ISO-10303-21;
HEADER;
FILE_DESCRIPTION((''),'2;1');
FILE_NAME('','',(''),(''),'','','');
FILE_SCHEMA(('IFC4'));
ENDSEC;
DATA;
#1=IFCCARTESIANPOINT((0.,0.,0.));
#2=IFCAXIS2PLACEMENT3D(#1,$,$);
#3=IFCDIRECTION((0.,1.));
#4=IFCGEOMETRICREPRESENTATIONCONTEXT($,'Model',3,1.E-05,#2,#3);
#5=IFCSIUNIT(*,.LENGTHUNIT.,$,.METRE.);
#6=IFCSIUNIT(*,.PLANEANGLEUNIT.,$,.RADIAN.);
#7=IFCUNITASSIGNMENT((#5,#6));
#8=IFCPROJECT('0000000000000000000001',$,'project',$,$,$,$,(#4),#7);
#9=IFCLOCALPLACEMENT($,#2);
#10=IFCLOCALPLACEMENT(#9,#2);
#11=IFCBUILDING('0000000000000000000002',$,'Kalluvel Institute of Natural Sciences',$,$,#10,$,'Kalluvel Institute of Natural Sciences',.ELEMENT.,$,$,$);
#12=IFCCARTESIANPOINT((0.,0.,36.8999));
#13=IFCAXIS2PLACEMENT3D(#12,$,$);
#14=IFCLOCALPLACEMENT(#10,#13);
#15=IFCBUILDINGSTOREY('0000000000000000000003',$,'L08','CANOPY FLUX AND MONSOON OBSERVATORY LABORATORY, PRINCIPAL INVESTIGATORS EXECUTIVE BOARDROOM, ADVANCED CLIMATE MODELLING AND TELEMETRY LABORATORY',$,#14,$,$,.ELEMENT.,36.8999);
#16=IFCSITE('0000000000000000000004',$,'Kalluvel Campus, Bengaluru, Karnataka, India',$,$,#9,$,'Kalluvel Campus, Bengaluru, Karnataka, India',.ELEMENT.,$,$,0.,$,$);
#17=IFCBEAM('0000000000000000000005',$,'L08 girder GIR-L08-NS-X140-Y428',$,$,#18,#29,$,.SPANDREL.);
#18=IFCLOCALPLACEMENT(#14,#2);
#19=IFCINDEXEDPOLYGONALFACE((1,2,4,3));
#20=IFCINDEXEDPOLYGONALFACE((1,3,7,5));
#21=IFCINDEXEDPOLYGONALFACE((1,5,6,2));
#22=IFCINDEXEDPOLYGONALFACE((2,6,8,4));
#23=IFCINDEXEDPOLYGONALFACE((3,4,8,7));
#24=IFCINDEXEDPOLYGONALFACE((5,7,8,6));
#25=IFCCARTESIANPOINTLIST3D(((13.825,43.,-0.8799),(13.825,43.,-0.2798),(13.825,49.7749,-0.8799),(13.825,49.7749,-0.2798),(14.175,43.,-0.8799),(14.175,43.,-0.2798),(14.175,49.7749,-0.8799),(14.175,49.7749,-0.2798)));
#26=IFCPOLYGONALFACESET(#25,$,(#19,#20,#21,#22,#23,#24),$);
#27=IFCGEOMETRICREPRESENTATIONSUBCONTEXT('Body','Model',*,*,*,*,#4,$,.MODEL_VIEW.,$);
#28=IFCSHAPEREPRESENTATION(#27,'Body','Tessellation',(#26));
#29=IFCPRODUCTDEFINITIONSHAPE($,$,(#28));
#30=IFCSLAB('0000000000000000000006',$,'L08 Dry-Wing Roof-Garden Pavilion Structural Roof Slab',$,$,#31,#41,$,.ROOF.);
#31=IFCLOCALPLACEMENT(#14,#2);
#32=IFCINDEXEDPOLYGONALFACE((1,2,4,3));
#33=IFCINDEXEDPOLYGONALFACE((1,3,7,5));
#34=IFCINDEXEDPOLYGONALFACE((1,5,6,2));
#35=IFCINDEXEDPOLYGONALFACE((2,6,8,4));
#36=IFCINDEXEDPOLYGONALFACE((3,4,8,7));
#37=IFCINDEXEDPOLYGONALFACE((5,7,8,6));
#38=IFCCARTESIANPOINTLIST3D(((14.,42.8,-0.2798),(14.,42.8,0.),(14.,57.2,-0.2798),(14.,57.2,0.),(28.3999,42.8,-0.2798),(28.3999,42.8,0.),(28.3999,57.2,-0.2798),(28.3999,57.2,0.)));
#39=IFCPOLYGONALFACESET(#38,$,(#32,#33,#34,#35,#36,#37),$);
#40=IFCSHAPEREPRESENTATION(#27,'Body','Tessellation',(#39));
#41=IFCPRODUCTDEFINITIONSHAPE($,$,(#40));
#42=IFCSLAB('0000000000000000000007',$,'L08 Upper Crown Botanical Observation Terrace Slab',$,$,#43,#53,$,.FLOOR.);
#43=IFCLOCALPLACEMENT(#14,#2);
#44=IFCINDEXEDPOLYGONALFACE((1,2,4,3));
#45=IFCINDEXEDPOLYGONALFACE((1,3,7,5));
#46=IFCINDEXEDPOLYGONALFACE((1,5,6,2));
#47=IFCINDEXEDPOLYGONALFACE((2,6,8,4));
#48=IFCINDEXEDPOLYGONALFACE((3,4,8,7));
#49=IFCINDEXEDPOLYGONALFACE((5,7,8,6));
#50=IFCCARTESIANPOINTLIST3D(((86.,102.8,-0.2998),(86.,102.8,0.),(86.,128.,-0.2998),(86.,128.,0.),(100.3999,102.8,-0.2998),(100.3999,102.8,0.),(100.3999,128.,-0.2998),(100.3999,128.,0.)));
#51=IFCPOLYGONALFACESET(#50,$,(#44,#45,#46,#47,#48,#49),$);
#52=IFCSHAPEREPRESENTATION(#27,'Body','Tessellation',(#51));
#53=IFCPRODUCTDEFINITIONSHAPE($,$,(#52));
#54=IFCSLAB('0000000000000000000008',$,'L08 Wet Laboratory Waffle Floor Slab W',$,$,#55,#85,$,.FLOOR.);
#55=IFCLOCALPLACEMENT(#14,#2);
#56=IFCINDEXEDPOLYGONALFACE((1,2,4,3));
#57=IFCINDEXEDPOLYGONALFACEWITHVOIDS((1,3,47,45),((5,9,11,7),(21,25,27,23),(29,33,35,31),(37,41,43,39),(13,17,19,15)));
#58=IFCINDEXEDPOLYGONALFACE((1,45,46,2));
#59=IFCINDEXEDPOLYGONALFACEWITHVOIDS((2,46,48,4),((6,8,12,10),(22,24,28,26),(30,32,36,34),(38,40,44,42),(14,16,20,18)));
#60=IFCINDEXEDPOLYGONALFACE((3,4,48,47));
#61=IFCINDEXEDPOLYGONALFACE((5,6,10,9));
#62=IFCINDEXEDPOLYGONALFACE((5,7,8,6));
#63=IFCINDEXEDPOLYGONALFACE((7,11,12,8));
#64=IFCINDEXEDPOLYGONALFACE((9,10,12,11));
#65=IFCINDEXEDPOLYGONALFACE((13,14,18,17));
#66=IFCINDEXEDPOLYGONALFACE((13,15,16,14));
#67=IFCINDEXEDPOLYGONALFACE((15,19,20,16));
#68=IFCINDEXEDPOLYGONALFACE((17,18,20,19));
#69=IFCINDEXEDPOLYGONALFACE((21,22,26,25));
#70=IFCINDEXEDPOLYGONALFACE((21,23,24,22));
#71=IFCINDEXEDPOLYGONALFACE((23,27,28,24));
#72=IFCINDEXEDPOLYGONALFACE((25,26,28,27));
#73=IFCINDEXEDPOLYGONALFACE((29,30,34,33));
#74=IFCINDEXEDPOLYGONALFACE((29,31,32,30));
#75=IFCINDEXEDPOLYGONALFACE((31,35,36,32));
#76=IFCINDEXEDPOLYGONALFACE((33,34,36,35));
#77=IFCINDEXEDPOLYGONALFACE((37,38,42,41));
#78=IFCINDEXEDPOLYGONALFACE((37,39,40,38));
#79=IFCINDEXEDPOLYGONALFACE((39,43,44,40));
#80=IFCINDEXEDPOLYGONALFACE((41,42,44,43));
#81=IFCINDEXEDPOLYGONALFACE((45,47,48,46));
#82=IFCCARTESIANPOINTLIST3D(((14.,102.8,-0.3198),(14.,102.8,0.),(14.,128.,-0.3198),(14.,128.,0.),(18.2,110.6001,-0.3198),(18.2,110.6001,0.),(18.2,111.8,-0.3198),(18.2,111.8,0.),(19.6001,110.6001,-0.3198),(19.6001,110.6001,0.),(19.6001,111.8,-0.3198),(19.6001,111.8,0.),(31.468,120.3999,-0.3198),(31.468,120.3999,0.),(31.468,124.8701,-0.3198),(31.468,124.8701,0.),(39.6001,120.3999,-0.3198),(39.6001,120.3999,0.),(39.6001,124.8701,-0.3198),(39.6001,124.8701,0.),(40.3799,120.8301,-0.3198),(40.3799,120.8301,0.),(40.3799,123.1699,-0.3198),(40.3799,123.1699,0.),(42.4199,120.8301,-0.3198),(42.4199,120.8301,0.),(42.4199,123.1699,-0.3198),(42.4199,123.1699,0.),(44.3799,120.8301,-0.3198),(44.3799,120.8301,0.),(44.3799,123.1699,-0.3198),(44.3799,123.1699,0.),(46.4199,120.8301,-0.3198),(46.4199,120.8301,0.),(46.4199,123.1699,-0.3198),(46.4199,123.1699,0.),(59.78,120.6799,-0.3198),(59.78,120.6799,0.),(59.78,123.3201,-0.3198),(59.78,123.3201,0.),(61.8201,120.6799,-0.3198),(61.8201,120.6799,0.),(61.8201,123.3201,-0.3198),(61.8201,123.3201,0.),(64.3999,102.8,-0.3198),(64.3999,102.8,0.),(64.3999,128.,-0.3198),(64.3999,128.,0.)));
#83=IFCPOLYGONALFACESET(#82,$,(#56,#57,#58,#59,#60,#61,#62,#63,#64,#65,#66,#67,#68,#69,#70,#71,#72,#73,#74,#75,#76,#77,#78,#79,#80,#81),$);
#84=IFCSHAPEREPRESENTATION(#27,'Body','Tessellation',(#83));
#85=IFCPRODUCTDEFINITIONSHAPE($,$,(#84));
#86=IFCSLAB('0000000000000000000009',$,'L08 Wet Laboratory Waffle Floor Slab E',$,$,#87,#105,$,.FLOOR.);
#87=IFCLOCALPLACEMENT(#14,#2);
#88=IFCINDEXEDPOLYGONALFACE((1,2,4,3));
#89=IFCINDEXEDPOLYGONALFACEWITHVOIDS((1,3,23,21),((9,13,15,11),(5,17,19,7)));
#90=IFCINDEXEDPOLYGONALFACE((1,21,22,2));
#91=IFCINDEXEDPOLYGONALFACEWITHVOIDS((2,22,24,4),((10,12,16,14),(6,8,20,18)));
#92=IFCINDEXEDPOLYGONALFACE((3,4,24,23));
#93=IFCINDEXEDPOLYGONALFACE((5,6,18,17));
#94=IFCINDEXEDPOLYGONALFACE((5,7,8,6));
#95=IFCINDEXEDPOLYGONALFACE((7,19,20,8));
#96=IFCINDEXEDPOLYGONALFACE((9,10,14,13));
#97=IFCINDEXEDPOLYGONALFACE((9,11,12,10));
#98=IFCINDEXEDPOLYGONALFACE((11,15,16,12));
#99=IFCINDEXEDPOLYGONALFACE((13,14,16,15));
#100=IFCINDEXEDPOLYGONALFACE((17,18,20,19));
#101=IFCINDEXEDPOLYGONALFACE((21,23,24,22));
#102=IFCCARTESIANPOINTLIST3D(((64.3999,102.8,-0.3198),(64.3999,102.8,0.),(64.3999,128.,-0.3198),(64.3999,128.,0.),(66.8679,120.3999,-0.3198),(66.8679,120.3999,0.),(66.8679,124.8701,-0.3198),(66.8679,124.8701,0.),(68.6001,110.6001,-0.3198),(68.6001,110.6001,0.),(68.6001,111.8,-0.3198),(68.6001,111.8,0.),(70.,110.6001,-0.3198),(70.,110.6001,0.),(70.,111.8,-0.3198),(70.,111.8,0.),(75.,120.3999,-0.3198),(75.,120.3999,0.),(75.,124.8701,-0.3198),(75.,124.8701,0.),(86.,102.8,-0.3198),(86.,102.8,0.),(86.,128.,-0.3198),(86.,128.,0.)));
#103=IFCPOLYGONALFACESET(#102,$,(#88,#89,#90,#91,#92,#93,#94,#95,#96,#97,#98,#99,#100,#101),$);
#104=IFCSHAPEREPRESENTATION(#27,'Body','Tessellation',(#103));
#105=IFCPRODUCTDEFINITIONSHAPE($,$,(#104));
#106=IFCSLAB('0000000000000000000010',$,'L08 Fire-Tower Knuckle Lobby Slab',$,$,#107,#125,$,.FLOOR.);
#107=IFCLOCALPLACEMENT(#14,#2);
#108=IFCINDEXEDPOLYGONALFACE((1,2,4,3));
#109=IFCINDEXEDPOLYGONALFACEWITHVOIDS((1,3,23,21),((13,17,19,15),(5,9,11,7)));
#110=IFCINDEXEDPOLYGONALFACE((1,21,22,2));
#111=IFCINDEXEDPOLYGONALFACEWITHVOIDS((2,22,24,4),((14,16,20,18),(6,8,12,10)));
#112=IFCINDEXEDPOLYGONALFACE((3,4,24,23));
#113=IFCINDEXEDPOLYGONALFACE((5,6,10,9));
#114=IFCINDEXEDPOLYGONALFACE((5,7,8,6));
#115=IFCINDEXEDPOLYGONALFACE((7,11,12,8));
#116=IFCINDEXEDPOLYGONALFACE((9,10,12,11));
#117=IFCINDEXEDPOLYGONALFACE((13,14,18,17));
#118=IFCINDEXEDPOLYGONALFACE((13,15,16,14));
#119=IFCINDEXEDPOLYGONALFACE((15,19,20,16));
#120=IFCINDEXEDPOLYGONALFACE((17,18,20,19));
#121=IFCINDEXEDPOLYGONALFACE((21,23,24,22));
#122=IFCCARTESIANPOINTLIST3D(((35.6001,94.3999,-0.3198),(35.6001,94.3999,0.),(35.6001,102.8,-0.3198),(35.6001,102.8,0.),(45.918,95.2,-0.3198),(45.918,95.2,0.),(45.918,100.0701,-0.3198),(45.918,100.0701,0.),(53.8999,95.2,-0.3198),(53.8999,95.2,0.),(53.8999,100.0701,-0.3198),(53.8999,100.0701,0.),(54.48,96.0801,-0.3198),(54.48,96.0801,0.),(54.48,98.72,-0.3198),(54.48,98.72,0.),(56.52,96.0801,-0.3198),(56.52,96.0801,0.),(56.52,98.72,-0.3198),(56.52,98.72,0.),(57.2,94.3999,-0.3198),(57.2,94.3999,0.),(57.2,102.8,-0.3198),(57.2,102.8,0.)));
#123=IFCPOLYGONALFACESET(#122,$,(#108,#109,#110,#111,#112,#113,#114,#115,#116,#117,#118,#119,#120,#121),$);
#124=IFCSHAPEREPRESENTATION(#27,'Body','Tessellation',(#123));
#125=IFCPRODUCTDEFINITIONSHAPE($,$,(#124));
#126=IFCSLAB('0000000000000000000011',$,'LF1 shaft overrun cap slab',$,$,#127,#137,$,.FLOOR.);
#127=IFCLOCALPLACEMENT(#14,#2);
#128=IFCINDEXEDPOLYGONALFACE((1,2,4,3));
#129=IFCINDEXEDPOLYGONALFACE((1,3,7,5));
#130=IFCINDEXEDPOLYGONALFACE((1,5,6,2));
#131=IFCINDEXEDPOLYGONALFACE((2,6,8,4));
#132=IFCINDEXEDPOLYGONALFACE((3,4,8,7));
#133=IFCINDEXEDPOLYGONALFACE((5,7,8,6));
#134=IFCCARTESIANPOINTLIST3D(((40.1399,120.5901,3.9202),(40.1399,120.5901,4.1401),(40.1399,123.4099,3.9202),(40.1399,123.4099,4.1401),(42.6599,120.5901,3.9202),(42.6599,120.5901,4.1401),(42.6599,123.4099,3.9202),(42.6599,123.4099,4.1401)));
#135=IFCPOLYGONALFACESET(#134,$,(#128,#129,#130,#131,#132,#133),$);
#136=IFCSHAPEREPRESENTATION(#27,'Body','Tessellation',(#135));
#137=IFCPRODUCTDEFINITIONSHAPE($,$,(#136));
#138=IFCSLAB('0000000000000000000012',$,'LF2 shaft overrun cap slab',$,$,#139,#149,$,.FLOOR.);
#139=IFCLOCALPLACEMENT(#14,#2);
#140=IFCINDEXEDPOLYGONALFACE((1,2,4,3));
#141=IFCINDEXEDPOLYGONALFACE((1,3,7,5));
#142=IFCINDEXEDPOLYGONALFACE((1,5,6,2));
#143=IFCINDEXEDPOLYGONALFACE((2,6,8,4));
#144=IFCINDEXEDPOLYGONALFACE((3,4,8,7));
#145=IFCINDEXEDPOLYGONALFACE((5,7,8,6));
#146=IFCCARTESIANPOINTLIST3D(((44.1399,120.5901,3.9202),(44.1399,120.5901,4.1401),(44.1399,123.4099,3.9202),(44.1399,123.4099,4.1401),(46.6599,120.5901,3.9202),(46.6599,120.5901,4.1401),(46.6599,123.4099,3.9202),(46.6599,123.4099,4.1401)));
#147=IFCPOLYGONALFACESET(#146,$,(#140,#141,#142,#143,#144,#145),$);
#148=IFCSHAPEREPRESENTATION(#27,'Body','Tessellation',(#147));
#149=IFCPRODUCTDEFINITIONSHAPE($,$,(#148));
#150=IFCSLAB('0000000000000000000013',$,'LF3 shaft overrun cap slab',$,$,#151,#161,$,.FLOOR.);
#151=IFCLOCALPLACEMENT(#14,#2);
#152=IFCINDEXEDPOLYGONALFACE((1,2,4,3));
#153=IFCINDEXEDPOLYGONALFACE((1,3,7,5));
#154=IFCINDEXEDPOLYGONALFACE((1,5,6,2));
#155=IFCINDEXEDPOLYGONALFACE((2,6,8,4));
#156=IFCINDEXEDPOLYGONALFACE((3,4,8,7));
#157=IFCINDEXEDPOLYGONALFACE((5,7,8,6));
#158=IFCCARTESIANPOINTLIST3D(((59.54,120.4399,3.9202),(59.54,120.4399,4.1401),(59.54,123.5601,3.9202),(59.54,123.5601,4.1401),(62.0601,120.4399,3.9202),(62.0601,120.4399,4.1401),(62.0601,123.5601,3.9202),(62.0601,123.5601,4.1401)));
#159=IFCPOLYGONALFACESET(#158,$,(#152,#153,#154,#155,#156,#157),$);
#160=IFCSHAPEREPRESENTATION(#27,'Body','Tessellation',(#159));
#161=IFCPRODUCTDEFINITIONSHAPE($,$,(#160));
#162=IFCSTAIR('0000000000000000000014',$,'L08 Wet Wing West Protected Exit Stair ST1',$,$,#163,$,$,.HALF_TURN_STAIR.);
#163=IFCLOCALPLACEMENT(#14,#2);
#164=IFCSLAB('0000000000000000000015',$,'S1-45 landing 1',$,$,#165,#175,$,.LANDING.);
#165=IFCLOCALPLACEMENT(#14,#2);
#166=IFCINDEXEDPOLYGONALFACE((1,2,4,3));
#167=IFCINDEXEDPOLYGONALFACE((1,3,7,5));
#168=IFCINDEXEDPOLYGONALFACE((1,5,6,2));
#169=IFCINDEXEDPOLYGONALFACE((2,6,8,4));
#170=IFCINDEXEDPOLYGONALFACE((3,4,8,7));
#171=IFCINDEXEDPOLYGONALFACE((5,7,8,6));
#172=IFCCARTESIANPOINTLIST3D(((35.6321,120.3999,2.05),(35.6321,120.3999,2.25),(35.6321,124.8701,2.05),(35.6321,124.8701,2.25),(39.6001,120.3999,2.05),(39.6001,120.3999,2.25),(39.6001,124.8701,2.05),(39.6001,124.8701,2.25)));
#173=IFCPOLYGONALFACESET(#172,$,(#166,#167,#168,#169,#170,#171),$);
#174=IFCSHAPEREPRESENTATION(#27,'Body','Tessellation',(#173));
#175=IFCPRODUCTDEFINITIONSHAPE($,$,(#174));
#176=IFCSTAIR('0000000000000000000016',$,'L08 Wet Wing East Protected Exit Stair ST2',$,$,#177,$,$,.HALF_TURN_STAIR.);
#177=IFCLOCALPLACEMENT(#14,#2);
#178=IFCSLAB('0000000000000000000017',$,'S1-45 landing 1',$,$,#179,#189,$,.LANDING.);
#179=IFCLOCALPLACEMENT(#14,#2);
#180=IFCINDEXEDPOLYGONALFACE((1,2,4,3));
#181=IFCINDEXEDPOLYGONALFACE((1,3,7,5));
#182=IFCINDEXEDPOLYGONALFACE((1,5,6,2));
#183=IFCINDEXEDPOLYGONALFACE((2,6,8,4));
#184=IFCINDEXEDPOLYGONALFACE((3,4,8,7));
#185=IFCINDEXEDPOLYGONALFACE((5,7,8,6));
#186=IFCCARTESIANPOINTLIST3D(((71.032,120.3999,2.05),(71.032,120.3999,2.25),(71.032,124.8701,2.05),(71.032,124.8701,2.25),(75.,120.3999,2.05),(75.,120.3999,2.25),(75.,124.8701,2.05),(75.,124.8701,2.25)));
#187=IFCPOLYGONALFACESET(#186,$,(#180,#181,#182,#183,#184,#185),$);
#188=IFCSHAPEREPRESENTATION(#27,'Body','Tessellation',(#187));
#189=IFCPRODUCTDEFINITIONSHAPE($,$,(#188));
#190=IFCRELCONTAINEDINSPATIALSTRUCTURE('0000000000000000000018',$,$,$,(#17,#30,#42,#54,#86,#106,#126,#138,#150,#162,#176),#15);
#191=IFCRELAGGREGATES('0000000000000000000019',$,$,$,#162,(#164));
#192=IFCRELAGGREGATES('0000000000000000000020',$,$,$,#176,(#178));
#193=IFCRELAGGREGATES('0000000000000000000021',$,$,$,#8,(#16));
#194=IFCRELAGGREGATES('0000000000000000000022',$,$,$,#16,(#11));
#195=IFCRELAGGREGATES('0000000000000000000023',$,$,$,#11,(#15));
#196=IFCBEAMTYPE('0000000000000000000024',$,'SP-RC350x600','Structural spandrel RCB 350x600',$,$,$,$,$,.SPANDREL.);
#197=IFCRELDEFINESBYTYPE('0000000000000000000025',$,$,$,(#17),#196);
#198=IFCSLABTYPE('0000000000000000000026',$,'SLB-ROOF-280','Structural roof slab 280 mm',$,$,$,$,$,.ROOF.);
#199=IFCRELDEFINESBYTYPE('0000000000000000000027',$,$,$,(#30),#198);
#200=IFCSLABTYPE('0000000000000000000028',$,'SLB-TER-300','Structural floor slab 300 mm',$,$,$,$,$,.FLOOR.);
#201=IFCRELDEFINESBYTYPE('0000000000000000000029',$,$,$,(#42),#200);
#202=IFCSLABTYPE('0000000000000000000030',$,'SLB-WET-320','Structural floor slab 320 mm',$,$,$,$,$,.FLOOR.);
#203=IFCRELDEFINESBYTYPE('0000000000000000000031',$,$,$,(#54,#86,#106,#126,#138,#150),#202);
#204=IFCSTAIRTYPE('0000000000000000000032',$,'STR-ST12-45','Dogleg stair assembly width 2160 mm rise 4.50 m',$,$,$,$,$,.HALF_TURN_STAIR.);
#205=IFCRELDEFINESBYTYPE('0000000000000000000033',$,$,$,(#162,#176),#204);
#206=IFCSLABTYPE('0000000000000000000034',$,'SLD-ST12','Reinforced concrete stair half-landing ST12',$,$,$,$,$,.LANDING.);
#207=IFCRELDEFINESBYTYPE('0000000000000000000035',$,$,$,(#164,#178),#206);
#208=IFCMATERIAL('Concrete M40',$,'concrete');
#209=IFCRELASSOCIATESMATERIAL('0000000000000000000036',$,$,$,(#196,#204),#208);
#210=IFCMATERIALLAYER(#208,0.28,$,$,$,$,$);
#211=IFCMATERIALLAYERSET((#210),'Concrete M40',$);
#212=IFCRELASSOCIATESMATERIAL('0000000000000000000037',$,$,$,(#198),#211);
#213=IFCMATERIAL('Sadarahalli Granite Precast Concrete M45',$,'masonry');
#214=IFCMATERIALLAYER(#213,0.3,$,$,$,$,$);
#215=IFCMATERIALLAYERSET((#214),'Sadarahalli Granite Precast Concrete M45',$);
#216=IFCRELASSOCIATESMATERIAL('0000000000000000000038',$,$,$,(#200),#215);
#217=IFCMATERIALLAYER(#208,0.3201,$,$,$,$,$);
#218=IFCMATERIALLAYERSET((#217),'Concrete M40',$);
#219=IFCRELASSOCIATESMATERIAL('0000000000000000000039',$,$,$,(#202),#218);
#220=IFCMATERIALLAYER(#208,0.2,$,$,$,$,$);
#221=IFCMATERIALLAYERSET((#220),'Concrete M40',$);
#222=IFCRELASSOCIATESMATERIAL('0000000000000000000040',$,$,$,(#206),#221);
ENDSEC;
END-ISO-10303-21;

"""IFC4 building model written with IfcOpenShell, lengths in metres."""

from ifc_helpers import new_model, si_unit, direction, frame, origin, origin_2d, place, context, subcontext, project, spatial, polyline, rectangle, outline, extrude, material, layer, layer_set, material_profile, profile_set, type_object, element, aggregate, save


model = new_model("IFC4")

# Units and contexts
model_context = context("Model", 3, precision=1e-05, world=origin(), true_north=direction((0.0, 1.0)))
body_context = subcontext(model_context, "Body", "Model", "MODEL_VIEW")
ifc_project = project(units=[si_unit("LENGTHUNIT", "METRE"), si_unit("PLANEANGLEUNIT", "RADIAN")], contexts=[model_context])

# Site, building, storey
site_placement = place(None, origin())
site = spatial("IfcSite", under=ifc_project, at=site_placement, Name="Kalluvel Campus, Bengaluru, Karnataka, India", LongName="Kalluvel Campus, Bengaluru, Karnataka, India", CompositionType="ELEMENT", RefElevation=0.0)
building_placement = place(site_placement, origin())
building = spatial("IfcBuilding", under=site, at=building_placement, Name="Kalluvel Institute of Natural Sciences", LongName="Kalluvel Institute of Natural Sciences", CompositionType="ELEMENT")
storey_placement = place(building_placement, frame((0.0, 0.0, 36.8999)))
storey = spatial("IfcBuildingStorey", under=building, at=storey_placement, Name="L08", Description="CANOPY FLUX AND MONSOON OBSERVATORY LABORATORY, PRINCIPAL INVESTIGATORS EXECUTIVE BOARDROOM, ADVANCED CLIMATE MODELLING AND TELEMETRY LABORATORY", CompositionType="ELEMENT", Elevation=36.8999)

# Beam
ifc_material_1 = material(Name="Concrete M40", Category="concrete")
ifc_material_profile_1 = material_profile(ifc_material_1, rectangle(XDim=0.3501, YDim=0.6001, at=origin_2d()), Name="RCB 350x600")
ifc_profile_set_1 = profile_set([ifc_material_profile_1], Name="Concrete M40")
beam_type_1 = type_object("IfcBeamType", Name="SP-RC350x600", Description="Structural spandrel RCB 350x600", PredefinedType="SPANDREL", material=ifc_profile_set_1)
beam_1_placement = place(storey_placement, frame((14.0, 43.0, -0.5798), z_axis=(0.0, 1.0, 0.0), x_axis=(-1.0, 0.0, 0.0)))
element("IfcBeam", 1, at=beam_1_placement, inside=storey, type_object=beam_type_1, Name="L08 girder GIR-L08-NS-X140-Y428", PredefinedType="SPANDREL", context=body_context, shape_type="SweptSolid", body=[
    extrude(rectangle(XDim=0.3501, YDim=0.6001, at=origin_2d()), origin(), (0.0, 0.0, 1.0), 6.7749),
])

# Slabs
ifc_layer_1 = layer(ifc_material_1, 0.28)
ifc_layer_set_1 = layer_set([ifc_layer_1], Name="Concrete M40")
slab_type_1 = type_object("IfcSlabType", Name="SLB-ROOF-280", Description="Structural roof slab 280 mm", PredefinedType="ROOF", material=ifc_layer_set_1)
slab_1_placement = place(storey_placement, frame((0.0, 0.0, -0.2798)))
element("IfcSlab", 2, at=slab_1_placement, inside=storey, type_object=slab_type_1, Name="L08 Dry-Wing Roof-Garden Pavilion Structural Roof Slab", PredefinedType="ROOF", context=body_context, shape_type="SweptSolid", body=[
    extrude(outline(polyline([(14.0, 42.8), (28.3999, 42.8), (28.3999, 57.2), (14.0, 57.2), (14.0, 42.8)])), origin(), (0.0, 0.0, 1.0), 0.2798),
])
ifc_material_2 = material(Name="Sadarahalli Granite Precast Concrete M45", Category="masonry")
ifc_layer_2 = layer(ifc_material_2, 0.3)
ifc_layer_set_2 = layer_set([ifc_layer_2], Name="Sadarahalli Granite Precast Concrete M45")
slab_type_2 = type_object("IfcSlabType", Name="SLB-TER-300", Description="Structural floor slab 300 mm", PredefinedType="FLOOR", material=ifc_layer_set_2)
slab_2_placement = place(storey_placement, frame((0.0, 0.0, -0.2998)))
element("IfcSlab", 3, at=slab_2_placement, inside=storey, type_object=slab_type_2, Name="L08 Upper Crown Botanical Observation Terrace Slab", PredefinedType="FLOOR", context=body_context, shape_type="SweptSolid", body=[
    extrude(outline(polyline([(86.0, 102.8), (100.3999, 102.8), (100.3999, 128.0), (86.0, 128.0), (86.0, 102.8)])), origin(), (0.0, 0.0, 1.0), 0.2998),
])
ifc_layer_3 = layer(ifc_material_1, 0.3201)
ifc_layer_set_3 = layer_set([ifc_layer_3], Name="Concrete M40")
slab_type_3 = type_object("IfcSlabType", Name="SLB-WET-320", Description="Structural floor slab 320 mm", PredefinedType="FLOOR", material=ifc_layer_set_3)
slab_3_placement = place(storey_placement, frame((0.0, 0.0, -0.3198)))
element("IfcSlab", 4, at=slab_3_placement, inside=storey, type_object=slab_type_3, Name="L08 Wet Laboratory Waffle Floor Slab W", PredefinedType="FLOOR", context=body_context, shape_type="SweptSolid", body=[
    extrude(outline(polyline([(14.0, 102.8), (64.3999, 102.8), (64.3999, 128.0), (14.0, 128.0), (14.0, 102.8)]), holes=[polyline([(61.8201, 120.6799), (59.78, 120.6799), (59.78, 123.3201), (61.8201, 123.3201), (61.8201, 120.6799)]), polyline([(46.4199, 123.1699), (46.4199, 120.8301), (44.3799, 120.8301), (44.3799, 123.1699), (46.4199, 123.1699)]), polyline([(42.4199, 123.1699), (42.4199, 120.8301), (40.3799, 120.8301), (40.3799, 123.1699), (42.4199, 123.1699)]), polyline([(39.6001, 120.3999), (31.468, 120.3999), (31.468, 124.8701), (39.6001, 124.8701), (39.6001, 120.3999)]), polyline([(19.6001, 111.8), (19.6001, 110.6001), (18.2, 110.6001), (18.2, 111.8), (19.6001, 111.8)])]), origin(), (0.0, 0.0, 1.0), 0.3198),
])
slab_4_placement = place(storey_placement, frame((0.0, 0.0, -0.3198)))
element("IfcSlab", 5, at=slab_4_placement, inside=storey, type_object=slab_type_3, Name="L08 Wet Laboratory Waffle Floor Slab E", PredefinedType="FLOOR", context=body_context, shape_type="SweptSolid", body=[
    extrude(outline(polyline([(64.3999, 102.8), (86.0, 102.8), (86.0, 128.0), (64.3999, 128.0), (64.3999, 102.8)]), holes=[polyline([(66.8679, 124.8701), (75.0, 124.8701), (75.0, 120.3999), (66.8679, 120.3999), (66.8679, 124.8701)]), polyline([(68.6001, 111.8), (70.0, 111.8), (70.0, 110.6001), (68.6001, 110.6001), (68.6001, 111.8)])]), origin(), (0.0, 0.0, 1.0), 0.3198),
])
slab_5_placement = place(storey_placement, frame((0.0, 0.0, -0.3198)))
element("IfcSlab", 6, at=slab_5_placement, inside=storey, type_object=slab_type_3, Name="L08 Fire-Tower Knuckle Lobby Slab", PredefinedType="FLOOR", context=body_context, shape_type="SweptSolid", body=[
    extrude(outline(polyline([(35.6001, 94.3999), (57.2, 94.3999), (57.2, 102.8), (35.6001, 102.8), (35.6001, 94.3999)]), holes=[polyline([(54.48, 98.72), (56.52, 98.72), (56.52, 96.0801), (54.48, 96.0801), (54.48, 98.72)]), polyline([(45.918, 100.0701), (53.8999, 100.0701), (53.8999, 95.2), (45.918, 95.2), (45.918, 100.0701)])]), origin(), (0.0, 0.0, 1.0), 0.3198),
])
slab_6_placement = place(storey_placement, frame((0.0, 0.0, 3.9202)))
element("IfcSlab", 7, at=slab_6_placement, inside=storey, type_object=slab_type_3, Name="LF1 shaft overrun cap slab", PredefinedType="FLOOR", context=body_context, shape_type="SweptSolid", body=[
    extrude(outline(polyline([(40.1399, 120.5901), (42.6599, 120.5901), (42.6599, 123.4099), (40.1399, 123.4099), (40.1399, 120.5901)])), origin(), (0.0, 0.0, 1.0), 0.22),
])
slab_7_placement = place(storey_placement, frame((0.0, 0.0, 3.9202)))
element("IfcSlab", 8, at=slab_7_placement, inside=storey, type_object=slab_type_3, Name="LF2 shaft overrun cap slab", PredefinedType="FLOOR", context=body_context, shape_type="SweptSolid", body=[
    extrude(outline(polyline([(44.1399, 120.5901), (46.6599, 120.5901), (46.6599, 123.4099), (44.1399, 123.4099), (44.1399, 120.5901)])), origin(), (0.0, 0.0, 1.0), 0.22),
])
slab_8_placement = place(storey_placement, frame((0.0, 0.0, 3.9202)))
element("IfcSlab", 9, at=slab_8_placement, inside=storey, type_object=slab_type_3, Name="LF3 shaft overrun cap slab", PredefinedType="FLOOR", context=body_context, shape_type="SweptSolid", body=[
    extrude(outline(polyline([(59.54, 120.4399), (62.0601, 120.4399), (62.0601, 123.5601), (59.54, 123.5601), (59.54, 120.4399)])), origin(), (0.0, 0.0, 1.0), 0.22),
])

# Stairs, slabs
stair_type_1 = type_object("IfcStairType", Name="STR-ST12-45", Description="Dogleg stair assembly width 2160 mm rise 4.50 m", PredefinedType="HALF_TURN_STAIR", material=ifc_material_1)
stair_1_placement = place(storey_placement, origin())
stair_1 = element("IfcStair", 10, at=stair_1_placement, inside=storey, type_object=stair_type_1, Name="L08 Wet Wing West Protected Exit Stair ST1", PredefinedType="HALF_TURN_STAIR")
ifc_layer_4 = layer(ifc_material_1, 0.2)
ifc_layer_set_4 = layer_set([ifc_layer_4], Name="Concrete M40")
slab_type_4 = type_object("IfcSlabType", Name="SLD-ST12", Description="Reinforced concrete stair half-landing ST12", PredefinedType="LANDING", material=ifc_layer_set_4)
slab_9_placement = place(storey_placement, frame((0.0, 0.0, 2.05)))
slab_9 = element("IfcSlab", 11, at=slab_9_placement, type_object=slab_type_4, Name="S1-45 landing 1", PredefinedType="LANDING", context=body_context, shape_type="SweptSolid", body=[
    extrude(outline(polyline([(35.6321, 120.3999), (39.6001, 120.3999), (39.6001, 124.8701), (35.6321, 124.8701), (35.6321, 120.3999)])), origin(), (0.0, 0.0, 1.0), 0.2),
])
aggregate(stair_1, [slab_9])
stair_2_placement = place(storey_placement, origin())
stair_2 = element("IfcStair", 12, at=stair_2_placement, inside=storey, type_object=stair_type_1, Name="L08 Wet Wing East Protected Exit Stair ST2", PredefinedType="HALF_TURN_STAIR")
slab_10_placement = place(storey_placement, frame((0.0, 0.0, 2.05)))
slab_10 = element("IfcSlab", 13, at=slab_10_placement, type_object=slab_type_4, Name="S1-45 landing 1", PredefinedType="LANDING", context=body_context, shape_type="SweptSolid", body=[
    extrude(outline(polyline([(71.032, 120.3999), (75.0, 120.3999), (75.0, 124.8701), (71.032, 124.8701), (71.032, 120.3999)])), origin(), (0.0, 0.0, 1.0), 0.2),
])
aggregate(stair_2, [slab_10])

save(model, "model.ifc")
